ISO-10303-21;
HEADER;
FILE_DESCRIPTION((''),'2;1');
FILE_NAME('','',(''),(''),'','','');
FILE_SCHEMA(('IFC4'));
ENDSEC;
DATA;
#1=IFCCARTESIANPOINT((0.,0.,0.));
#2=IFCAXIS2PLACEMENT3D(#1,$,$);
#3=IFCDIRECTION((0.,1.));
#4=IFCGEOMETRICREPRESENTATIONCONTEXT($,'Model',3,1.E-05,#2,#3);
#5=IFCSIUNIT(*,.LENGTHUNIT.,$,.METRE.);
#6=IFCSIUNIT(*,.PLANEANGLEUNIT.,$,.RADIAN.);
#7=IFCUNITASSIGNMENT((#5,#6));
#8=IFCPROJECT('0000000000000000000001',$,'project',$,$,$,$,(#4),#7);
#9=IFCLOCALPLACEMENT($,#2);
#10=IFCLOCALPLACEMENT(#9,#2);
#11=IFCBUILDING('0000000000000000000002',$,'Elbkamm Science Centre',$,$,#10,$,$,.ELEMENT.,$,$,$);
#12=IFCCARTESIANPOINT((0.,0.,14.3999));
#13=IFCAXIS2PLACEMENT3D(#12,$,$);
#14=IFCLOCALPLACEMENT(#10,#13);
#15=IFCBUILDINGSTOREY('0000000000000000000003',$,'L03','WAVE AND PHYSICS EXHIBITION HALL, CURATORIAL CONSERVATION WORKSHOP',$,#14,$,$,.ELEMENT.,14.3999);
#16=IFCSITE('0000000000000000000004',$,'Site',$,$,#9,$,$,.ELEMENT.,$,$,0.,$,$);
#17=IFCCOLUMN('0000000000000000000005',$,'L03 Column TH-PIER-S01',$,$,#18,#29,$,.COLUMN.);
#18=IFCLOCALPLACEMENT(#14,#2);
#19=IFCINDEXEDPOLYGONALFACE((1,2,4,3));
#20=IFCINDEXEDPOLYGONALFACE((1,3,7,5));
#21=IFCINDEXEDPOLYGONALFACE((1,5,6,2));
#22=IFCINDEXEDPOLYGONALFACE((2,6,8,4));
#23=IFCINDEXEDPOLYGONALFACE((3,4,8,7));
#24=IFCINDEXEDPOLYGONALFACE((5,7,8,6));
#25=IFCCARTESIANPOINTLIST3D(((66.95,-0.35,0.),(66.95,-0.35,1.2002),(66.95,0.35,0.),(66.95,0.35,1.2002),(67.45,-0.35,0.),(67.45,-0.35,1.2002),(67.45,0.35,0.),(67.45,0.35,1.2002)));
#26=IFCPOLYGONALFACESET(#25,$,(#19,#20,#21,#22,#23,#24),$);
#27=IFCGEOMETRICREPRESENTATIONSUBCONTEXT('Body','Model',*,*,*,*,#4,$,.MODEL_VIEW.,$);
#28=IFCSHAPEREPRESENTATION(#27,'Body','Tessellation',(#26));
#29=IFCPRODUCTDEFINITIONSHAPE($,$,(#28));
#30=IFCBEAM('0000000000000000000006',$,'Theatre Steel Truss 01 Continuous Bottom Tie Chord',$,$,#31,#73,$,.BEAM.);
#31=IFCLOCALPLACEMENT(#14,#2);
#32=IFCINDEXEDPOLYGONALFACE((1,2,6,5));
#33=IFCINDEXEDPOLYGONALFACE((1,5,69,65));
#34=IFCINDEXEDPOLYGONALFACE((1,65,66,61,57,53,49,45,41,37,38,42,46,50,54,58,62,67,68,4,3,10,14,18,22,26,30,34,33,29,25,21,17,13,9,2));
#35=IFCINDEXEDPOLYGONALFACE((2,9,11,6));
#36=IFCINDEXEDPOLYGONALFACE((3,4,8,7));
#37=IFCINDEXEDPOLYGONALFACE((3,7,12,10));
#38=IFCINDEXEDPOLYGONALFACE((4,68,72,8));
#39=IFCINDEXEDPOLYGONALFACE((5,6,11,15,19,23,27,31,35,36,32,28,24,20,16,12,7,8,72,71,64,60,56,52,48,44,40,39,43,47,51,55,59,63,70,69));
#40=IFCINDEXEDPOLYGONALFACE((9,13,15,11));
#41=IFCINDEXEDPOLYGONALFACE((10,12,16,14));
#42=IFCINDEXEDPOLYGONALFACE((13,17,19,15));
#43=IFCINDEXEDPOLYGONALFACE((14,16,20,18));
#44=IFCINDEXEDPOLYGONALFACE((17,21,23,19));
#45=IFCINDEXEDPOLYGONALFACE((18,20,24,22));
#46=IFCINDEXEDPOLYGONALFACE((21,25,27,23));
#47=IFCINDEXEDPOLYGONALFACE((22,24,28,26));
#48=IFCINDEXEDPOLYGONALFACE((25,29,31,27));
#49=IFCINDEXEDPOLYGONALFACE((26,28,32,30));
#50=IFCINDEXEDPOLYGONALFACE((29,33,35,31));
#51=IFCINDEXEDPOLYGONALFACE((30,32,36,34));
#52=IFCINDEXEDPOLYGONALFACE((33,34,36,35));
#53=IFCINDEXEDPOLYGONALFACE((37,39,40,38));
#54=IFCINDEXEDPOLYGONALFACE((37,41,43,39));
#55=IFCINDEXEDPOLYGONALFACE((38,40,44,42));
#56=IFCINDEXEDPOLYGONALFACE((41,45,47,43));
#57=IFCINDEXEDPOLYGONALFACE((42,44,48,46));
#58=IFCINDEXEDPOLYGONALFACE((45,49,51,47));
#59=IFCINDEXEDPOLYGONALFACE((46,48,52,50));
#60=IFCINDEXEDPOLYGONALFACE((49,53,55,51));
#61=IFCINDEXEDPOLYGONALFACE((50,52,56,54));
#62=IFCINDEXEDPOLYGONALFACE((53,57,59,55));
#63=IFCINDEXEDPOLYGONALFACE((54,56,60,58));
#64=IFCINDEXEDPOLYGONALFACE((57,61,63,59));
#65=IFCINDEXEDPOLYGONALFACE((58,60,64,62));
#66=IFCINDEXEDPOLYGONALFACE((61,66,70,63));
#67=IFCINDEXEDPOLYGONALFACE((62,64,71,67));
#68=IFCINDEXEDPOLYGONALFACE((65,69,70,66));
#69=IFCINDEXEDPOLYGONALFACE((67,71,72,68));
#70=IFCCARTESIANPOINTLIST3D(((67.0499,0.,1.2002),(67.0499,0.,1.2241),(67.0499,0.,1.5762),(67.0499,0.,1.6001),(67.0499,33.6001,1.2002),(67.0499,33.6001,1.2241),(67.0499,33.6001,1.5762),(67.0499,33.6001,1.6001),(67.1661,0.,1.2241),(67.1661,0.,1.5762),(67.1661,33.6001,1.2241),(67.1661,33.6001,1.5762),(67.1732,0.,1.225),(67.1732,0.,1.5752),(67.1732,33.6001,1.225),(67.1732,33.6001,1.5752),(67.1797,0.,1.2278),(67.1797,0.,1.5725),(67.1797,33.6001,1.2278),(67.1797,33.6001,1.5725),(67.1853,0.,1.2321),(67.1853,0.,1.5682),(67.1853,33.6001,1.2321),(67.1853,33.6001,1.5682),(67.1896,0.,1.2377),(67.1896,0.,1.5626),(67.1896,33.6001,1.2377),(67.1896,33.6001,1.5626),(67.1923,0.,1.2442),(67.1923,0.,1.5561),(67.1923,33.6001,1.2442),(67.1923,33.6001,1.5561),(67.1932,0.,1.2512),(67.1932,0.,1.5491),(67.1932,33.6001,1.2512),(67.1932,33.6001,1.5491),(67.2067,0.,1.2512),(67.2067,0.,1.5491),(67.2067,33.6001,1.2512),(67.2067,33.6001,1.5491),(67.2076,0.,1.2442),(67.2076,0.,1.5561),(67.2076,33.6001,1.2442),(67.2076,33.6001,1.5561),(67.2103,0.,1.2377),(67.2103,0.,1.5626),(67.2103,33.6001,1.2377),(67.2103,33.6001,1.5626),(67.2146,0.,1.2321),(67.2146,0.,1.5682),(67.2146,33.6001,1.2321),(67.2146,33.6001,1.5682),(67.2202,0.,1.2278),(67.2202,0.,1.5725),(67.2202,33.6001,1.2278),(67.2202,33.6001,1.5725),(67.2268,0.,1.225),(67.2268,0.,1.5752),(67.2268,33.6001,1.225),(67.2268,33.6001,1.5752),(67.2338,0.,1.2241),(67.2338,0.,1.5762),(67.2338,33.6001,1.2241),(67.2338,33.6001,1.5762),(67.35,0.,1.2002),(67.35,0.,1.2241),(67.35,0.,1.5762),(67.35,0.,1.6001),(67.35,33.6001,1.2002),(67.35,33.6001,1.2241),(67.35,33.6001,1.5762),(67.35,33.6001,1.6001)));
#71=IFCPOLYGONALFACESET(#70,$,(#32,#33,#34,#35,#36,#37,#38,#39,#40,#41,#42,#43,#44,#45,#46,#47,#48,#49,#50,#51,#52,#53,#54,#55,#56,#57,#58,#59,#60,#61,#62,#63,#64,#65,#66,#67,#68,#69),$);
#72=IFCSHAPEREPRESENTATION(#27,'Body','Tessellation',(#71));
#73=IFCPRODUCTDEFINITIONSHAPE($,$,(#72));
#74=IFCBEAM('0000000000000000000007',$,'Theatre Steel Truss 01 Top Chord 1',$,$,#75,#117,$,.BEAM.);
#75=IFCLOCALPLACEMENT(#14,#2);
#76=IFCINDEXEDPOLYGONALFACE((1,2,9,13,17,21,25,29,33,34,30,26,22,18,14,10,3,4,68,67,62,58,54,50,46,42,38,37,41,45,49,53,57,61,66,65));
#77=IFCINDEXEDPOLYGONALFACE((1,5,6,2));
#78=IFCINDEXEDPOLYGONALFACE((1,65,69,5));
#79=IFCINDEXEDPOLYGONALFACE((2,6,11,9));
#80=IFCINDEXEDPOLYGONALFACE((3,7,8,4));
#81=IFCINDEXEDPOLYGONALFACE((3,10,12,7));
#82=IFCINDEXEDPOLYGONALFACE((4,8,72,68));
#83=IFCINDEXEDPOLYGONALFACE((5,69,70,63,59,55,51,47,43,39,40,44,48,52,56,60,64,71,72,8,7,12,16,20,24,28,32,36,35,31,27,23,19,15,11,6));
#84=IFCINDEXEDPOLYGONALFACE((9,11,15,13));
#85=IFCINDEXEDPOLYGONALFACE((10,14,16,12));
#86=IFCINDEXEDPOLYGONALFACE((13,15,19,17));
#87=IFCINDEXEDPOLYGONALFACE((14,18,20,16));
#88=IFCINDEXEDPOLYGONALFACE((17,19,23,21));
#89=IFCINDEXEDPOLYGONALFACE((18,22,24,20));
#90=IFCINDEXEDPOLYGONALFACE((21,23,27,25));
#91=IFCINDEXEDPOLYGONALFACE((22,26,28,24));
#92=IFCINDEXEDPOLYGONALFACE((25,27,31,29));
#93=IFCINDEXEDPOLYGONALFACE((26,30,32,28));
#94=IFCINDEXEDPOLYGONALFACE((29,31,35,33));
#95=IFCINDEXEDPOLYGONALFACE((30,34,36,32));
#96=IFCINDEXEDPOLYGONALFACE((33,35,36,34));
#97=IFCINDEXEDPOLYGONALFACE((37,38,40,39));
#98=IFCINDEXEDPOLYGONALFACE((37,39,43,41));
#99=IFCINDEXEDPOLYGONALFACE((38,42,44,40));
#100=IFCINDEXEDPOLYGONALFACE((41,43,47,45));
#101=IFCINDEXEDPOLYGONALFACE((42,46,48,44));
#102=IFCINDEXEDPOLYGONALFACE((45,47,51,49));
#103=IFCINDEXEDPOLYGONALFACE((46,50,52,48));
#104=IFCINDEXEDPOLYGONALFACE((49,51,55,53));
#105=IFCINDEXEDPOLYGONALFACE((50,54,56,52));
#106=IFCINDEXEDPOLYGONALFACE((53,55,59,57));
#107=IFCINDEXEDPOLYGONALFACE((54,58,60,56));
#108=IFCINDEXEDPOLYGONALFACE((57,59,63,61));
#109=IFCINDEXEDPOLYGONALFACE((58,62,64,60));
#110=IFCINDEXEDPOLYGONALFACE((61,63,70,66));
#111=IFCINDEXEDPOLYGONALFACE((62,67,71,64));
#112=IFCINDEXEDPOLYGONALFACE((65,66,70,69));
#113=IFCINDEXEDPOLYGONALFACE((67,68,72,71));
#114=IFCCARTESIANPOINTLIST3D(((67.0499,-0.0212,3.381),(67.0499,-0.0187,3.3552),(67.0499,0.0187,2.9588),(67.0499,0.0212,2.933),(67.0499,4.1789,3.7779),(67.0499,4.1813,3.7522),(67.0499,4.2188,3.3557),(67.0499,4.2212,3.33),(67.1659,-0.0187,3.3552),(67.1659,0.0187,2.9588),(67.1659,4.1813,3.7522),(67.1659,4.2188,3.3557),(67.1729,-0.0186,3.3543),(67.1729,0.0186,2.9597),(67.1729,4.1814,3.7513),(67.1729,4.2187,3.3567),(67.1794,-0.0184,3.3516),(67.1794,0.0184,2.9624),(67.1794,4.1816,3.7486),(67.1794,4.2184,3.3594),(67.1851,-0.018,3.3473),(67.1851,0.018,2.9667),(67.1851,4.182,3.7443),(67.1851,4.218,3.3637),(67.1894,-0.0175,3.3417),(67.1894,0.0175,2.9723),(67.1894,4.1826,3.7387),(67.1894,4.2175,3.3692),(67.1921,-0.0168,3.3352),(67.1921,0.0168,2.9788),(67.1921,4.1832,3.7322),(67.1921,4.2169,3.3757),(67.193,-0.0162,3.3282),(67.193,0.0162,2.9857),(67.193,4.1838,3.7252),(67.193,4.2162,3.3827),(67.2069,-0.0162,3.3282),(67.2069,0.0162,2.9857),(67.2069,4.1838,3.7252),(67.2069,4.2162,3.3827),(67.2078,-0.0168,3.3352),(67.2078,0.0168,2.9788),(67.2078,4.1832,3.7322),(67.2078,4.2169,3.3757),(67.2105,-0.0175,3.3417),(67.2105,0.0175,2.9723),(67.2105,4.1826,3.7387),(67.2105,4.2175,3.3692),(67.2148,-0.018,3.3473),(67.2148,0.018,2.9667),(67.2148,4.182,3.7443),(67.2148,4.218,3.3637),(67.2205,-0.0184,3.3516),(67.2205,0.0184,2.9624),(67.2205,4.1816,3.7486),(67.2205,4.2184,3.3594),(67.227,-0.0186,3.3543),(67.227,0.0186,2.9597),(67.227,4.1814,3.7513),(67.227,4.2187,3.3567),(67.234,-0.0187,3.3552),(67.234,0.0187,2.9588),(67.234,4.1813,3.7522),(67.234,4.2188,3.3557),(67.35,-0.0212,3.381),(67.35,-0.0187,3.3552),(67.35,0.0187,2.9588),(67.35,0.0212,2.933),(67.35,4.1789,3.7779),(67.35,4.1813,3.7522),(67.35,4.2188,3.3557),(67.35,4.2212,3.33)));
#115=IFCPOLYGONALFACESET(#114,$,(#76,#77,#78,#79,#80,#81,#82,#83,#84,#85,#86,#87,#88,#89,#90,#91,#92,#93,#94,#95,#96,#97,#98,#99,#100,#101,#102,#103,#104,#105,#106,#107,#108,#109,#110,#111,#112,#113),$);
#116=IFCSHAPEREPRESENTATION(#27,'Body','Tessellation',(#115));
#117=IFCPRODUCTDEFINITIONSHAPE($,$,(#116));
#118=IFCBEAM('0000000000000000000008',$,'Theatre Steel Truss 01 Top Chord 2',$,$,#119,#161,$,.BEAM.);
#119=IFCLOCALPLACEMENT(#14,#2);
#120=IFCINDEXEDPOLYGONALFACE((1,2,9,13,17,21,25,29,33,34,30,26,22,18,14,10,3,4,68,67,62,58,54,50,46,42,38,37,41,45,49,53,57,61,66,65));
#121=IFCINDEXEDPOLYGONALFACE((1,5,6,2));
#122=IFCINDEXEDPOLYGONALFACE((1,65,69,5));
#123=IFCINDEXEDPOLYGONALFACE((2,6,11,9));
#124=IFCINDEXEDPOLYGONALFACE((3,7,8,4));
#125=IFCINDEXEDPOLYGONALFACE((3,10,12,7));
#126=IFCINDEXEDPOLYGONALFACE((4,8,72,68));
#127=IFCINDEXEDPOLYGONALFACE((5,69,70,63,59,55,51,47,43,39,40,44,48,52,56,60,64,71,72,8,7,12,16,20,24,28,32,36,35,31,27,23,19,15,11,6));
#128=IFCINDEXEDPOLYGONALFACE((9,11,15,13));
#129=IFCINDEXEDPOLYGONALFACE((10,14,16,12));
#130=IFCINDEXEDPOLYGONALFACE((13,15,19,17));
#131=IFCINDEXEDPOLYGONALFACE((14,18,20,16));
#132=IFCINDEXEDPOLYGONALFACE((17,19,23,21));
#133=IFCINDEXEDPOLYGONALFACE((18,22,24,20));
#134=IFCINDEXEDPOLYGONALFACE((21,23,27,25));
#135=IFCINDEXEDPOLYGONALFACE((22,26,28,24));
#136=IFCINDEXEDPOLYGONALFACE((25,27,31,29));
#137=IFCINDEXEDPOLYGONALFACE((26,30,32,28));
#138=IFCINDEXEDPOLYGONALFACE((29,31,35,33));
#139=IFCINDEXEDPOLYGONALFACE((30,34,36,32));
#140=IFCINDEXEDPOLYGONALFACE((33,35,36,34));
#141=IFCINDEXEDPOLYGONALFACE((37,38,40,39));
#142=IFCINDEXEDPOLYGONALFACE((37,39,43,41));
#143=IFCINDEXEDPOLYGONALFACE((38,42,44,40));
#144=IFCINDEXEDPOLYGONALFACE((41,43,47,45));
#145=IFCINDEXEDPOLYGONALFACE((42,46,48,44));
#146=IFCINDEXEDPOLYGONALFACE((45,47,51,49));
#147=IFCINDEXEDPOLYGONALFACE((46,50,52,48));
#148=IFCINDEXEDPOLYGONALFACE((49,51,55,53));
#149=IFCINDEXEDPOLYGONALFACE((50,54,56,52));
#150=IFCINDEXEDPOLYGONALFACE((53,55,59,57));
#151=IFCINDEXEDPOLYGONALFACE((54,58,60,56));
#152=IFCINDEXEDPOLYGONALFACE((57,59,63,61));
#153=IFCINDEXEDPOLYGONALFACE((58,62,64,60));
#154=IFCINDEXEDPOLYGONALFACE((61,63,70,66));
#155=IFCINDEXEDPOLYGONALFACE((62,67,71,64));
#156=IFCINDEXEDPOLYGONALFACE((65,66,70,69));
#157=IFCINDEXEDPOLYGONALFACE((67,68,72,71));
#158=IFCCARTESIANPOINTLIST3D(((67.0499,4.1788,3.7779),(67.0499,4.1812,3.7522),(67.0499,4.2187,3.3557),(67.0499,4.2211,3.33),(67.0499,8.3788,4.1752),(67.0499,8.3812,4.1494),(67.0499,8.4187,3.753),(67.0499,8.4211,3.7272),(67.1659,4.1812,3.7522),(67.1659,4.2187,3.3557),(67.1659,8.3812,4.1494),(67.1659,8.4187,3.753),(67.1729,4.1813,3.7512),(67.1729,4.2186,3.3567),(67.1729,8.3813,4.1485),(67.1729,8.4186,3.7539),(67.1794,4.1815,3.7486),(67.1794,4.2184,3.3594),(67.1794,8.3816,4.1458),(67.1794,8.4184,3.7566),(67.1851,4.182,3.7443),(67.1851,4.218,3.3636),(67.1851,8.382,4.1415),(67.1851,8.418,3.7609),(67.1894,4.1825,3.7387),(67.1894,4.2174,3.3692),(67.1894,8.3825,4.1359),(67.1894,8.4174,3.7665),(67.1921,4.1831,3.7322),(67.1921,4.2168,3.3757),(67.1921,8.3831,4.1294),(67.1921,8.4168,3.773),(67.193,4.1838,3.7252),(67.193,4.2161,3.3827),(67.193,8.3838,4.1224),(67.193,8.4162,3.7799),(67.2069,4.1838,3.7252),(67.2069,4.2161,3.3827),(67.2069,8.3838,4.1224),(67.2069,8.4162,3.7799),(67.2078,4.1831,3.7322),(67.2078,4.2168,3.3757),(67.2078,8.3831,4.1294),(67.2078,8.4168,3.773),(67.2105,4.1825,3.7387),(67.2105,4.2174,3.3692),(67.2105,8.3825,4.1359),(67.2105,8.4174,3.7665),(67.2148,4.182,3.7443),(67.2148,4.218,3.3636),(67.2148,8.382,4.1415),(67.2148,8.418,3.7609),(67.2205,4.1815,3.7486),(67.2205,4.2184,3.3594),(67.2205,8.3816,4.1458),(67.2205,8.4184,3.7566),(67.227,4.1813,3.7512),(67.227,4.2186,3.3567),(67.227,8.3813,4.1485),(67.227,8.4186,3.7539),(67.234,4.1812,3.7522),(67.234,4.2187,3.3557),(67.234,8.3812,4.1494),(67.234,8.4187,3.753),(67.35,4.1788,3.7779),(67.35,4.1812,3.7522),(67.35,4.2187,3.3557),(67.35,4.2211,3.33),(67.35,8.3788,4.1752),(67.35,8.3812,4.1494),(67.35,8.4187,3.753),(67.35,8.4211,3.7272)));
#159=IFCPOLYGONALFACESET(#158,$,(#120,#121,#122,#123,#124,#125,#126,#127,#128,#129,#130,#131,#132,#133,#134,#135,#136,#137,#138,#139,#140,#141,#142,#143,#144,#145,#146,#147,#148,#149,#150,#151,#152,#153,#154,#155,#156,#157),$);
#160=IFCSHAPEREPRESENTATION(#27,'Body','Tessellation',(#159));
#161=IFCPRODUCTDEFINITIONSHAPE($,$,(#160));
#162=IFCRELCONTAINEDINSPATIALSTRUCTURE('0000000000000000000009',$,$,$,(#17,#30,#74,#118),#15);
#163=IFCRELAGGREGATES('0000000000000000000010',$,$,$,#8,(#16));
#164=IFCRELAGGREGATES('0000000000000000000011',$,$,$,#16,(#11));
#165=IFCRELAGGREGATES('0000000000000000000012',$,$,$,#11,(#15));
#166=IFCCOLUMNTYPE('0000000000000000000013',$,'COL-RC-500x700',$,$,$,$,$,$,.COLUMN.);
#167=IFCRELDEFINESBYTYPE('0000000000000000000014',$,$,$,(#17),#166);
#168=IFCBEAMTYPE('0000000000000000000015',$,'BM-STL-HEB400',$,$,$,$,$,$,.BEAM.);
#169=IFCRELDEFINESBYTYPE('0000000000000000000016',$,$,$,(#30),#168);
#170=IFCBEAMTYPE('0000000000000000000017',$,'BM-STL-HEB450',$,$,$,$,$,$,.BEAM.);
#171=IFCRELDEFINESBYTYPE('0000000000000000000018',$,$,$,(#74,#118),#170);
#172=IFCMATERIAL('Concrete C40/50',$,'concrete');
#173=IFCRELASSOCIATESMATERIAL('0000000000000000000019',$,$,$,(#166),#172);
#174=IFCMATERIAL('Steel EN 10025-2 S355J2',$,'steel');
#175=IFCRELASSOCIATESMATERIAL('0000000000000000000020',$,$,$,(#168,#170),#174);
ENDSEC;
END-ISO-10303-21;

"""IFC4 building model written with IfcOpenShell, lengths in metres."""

from ifc_helpers import new_model, si_unit, direction, frame, origin, origin_2d, place, context, subcontext, project, spatial, rectangle, i_section, extrude, material, material_profile, profile_set, type_object, element, save


model = new_model("IFC4")

# Units and contexts
model_context = context("Model", 3, precision=1e-05, world=origin(), true_north=direction((0.0, 1.0)))
body_context = subcontext(model_context, "Body", "Model", "MODEL_VIEW")
ifc_project = project(units=[si_unit("LENGTHUNIT", "METRE"), si_unit("PLANEANGLEUNIT", "RADIAN")], contexts=[model_context])

# Site, building, storey
site_placement = place(None, origin())
site = spatial("IfcSite", under=ifc_project, at=site_placement, Name="Site", CompositionType="ELEMENT", RefElevation=0.0)
building_placement = place(site_placement, origin())
building = spatial("IfcBuilding", under=site, at=building_placement, Name="Elbkamm Science Centre", CompositionType="ELEMENT")
storey_placement = place(building_placement, frame((0.0, 0.0, 14.3999)))
storey = spatial("IfcBuildingStorey", under=building, at=storey_placement, Name="L03", Description="WAVE AND PHYSICS EXHIBITION HALL, CURATORIAL CONSERVATION WORKSHOP", CompositionType="ELEMENT", Elevation=14.3999)

# Column
ifc_material_1 = material(Name="Concrete C40/50", Category="concrete")
ifc_material_profile_1 = material_profile(ifc_material_1, rectangle(XDim=0.5, YDim=0.7, at=origin_2d()), Name="RC 500x700")
ifc_profile_set_1 = profile_set([ifc_material_profile_1], Name="Concrete C40/50")
column_type = type_object("IfcColumnType", Name="COL-RC-500x700", PredefinedType="COLUMN", material=ifc_profile_set_1)
column_placement = place(storey_placement, frame((67.2, 0.0, 0.0), z_axis=(0.0, 0.0, 1.0), x_axis=(1.0, 0.0, 0.0)))
element("IfcColumn", 1, at=column_placement, inside=storey, type_object=column_type, Name="L03 Column TH-PIER-S01", PredefinedType="COLUMN", context=body_context, shape_type="SweptSolid", body=[
    extrude(rectangle(XDim=0.5, YDim=0.7, at=origin_2d()), origin(), (0.0, 0.0, 1.0), 1.2002),
])

# Beams
ifc_material_2 = material(Name="Steel EN 10025-2 S355J2", Category="steel")
ifc_material_profile_2 = material_profile(ifc_material_2, i_section(OverallWidth=0.3, OverallDepth=0.3999, WebThickness=0.0134, FlangeThickness=0.0239, FilletRadius=0.0271, at=origin_2d()), Name="HEB 400")
ifc_profile_set_2 = profile_set([ifc_material_profile_2], Name="Steel EN 10025-2 S355J2")
beam_type_1 = type_object("IfcBeamType", Name="BM-STL-HEB400", PredefinedType="BEAM", material=ifc_profile_set_2)
beam_1_placement = place(storey_placement, frame((67.2, 0.0, 1.4001), z_axis=(0.0, 1.0, 0.0), x_axis=(-1.0, 0.0, 0.0)))
element("IfcBeam", 2, at=beam_1_placement, inside=storey, type_object=beam_type_1, Name="Theatre Steel Truss 01 Continuous Bottom Tie Chord", PredefinedType="BEAM", context=body_context, shape_type="SweptSolid", body=[
    extrude(i_section(OverallWidth=0.3, OverallDepth=0.3999, WebThickness=0.0134, FlangeThickness=0.0239, FilletRadius=0.0271, at=origin_2d()), origin(), (0.0, 0.0, 1.0), 33.6001),
])
ifc_material_profile_3 = material_profile(ifc_material_2, i_section(OverallWidth=0.3, OverallDepth=0.45, WebThickness=0.0139, FlangeThickness=0.0259, FilletRadius=0.0271, at=origin_2d()), Name="HEB 450")
ifc_profile_set_3 = profile_set([ifc_material_profile_3], Name="Steel EN 10025-2 S355J2")
beam_type_2 = type_object("IfcBeamType", Name="BM-STL-HEB450", PredefinedType="BEAM", material=ifc_profile_set_3)
for number, where, z_axis, x_axis, name in (
    (3, (67.2, 0.0, 3.157), (0.0, 0.995563, 0.094099), (-1.0, 0.0, 0.0), "Theatre Steel Truss 01 Top Chord 1"),
    (4, (67.2, 4.2, 3.554), (0.0, 0.995557, 0.094156), (-1.0, 0.0, 0.0), "Theatre Steel Truss 01 Top Chord 2"),
):
    element("IfcBeam", number, at=place(storey_placement, frame(where, z_axis=z_axis, x_axis=x_axis)), inside=storey, type_object=beam_type_2, Name=name, PredefinedType="BEAM", context=body_context, shape_type="SweptSolid", body=[
        extrude(i_section(OverallWidth=0.3, OverallDepth=0.45, WebThickness=0.0139, FlangeThickness=0.0259, FilletRadius=0.0271, at=origin_2d()), origin(), (0.0, 0.0, 1.0), 4.2188),
    ])

save(model, "model.ifc")
